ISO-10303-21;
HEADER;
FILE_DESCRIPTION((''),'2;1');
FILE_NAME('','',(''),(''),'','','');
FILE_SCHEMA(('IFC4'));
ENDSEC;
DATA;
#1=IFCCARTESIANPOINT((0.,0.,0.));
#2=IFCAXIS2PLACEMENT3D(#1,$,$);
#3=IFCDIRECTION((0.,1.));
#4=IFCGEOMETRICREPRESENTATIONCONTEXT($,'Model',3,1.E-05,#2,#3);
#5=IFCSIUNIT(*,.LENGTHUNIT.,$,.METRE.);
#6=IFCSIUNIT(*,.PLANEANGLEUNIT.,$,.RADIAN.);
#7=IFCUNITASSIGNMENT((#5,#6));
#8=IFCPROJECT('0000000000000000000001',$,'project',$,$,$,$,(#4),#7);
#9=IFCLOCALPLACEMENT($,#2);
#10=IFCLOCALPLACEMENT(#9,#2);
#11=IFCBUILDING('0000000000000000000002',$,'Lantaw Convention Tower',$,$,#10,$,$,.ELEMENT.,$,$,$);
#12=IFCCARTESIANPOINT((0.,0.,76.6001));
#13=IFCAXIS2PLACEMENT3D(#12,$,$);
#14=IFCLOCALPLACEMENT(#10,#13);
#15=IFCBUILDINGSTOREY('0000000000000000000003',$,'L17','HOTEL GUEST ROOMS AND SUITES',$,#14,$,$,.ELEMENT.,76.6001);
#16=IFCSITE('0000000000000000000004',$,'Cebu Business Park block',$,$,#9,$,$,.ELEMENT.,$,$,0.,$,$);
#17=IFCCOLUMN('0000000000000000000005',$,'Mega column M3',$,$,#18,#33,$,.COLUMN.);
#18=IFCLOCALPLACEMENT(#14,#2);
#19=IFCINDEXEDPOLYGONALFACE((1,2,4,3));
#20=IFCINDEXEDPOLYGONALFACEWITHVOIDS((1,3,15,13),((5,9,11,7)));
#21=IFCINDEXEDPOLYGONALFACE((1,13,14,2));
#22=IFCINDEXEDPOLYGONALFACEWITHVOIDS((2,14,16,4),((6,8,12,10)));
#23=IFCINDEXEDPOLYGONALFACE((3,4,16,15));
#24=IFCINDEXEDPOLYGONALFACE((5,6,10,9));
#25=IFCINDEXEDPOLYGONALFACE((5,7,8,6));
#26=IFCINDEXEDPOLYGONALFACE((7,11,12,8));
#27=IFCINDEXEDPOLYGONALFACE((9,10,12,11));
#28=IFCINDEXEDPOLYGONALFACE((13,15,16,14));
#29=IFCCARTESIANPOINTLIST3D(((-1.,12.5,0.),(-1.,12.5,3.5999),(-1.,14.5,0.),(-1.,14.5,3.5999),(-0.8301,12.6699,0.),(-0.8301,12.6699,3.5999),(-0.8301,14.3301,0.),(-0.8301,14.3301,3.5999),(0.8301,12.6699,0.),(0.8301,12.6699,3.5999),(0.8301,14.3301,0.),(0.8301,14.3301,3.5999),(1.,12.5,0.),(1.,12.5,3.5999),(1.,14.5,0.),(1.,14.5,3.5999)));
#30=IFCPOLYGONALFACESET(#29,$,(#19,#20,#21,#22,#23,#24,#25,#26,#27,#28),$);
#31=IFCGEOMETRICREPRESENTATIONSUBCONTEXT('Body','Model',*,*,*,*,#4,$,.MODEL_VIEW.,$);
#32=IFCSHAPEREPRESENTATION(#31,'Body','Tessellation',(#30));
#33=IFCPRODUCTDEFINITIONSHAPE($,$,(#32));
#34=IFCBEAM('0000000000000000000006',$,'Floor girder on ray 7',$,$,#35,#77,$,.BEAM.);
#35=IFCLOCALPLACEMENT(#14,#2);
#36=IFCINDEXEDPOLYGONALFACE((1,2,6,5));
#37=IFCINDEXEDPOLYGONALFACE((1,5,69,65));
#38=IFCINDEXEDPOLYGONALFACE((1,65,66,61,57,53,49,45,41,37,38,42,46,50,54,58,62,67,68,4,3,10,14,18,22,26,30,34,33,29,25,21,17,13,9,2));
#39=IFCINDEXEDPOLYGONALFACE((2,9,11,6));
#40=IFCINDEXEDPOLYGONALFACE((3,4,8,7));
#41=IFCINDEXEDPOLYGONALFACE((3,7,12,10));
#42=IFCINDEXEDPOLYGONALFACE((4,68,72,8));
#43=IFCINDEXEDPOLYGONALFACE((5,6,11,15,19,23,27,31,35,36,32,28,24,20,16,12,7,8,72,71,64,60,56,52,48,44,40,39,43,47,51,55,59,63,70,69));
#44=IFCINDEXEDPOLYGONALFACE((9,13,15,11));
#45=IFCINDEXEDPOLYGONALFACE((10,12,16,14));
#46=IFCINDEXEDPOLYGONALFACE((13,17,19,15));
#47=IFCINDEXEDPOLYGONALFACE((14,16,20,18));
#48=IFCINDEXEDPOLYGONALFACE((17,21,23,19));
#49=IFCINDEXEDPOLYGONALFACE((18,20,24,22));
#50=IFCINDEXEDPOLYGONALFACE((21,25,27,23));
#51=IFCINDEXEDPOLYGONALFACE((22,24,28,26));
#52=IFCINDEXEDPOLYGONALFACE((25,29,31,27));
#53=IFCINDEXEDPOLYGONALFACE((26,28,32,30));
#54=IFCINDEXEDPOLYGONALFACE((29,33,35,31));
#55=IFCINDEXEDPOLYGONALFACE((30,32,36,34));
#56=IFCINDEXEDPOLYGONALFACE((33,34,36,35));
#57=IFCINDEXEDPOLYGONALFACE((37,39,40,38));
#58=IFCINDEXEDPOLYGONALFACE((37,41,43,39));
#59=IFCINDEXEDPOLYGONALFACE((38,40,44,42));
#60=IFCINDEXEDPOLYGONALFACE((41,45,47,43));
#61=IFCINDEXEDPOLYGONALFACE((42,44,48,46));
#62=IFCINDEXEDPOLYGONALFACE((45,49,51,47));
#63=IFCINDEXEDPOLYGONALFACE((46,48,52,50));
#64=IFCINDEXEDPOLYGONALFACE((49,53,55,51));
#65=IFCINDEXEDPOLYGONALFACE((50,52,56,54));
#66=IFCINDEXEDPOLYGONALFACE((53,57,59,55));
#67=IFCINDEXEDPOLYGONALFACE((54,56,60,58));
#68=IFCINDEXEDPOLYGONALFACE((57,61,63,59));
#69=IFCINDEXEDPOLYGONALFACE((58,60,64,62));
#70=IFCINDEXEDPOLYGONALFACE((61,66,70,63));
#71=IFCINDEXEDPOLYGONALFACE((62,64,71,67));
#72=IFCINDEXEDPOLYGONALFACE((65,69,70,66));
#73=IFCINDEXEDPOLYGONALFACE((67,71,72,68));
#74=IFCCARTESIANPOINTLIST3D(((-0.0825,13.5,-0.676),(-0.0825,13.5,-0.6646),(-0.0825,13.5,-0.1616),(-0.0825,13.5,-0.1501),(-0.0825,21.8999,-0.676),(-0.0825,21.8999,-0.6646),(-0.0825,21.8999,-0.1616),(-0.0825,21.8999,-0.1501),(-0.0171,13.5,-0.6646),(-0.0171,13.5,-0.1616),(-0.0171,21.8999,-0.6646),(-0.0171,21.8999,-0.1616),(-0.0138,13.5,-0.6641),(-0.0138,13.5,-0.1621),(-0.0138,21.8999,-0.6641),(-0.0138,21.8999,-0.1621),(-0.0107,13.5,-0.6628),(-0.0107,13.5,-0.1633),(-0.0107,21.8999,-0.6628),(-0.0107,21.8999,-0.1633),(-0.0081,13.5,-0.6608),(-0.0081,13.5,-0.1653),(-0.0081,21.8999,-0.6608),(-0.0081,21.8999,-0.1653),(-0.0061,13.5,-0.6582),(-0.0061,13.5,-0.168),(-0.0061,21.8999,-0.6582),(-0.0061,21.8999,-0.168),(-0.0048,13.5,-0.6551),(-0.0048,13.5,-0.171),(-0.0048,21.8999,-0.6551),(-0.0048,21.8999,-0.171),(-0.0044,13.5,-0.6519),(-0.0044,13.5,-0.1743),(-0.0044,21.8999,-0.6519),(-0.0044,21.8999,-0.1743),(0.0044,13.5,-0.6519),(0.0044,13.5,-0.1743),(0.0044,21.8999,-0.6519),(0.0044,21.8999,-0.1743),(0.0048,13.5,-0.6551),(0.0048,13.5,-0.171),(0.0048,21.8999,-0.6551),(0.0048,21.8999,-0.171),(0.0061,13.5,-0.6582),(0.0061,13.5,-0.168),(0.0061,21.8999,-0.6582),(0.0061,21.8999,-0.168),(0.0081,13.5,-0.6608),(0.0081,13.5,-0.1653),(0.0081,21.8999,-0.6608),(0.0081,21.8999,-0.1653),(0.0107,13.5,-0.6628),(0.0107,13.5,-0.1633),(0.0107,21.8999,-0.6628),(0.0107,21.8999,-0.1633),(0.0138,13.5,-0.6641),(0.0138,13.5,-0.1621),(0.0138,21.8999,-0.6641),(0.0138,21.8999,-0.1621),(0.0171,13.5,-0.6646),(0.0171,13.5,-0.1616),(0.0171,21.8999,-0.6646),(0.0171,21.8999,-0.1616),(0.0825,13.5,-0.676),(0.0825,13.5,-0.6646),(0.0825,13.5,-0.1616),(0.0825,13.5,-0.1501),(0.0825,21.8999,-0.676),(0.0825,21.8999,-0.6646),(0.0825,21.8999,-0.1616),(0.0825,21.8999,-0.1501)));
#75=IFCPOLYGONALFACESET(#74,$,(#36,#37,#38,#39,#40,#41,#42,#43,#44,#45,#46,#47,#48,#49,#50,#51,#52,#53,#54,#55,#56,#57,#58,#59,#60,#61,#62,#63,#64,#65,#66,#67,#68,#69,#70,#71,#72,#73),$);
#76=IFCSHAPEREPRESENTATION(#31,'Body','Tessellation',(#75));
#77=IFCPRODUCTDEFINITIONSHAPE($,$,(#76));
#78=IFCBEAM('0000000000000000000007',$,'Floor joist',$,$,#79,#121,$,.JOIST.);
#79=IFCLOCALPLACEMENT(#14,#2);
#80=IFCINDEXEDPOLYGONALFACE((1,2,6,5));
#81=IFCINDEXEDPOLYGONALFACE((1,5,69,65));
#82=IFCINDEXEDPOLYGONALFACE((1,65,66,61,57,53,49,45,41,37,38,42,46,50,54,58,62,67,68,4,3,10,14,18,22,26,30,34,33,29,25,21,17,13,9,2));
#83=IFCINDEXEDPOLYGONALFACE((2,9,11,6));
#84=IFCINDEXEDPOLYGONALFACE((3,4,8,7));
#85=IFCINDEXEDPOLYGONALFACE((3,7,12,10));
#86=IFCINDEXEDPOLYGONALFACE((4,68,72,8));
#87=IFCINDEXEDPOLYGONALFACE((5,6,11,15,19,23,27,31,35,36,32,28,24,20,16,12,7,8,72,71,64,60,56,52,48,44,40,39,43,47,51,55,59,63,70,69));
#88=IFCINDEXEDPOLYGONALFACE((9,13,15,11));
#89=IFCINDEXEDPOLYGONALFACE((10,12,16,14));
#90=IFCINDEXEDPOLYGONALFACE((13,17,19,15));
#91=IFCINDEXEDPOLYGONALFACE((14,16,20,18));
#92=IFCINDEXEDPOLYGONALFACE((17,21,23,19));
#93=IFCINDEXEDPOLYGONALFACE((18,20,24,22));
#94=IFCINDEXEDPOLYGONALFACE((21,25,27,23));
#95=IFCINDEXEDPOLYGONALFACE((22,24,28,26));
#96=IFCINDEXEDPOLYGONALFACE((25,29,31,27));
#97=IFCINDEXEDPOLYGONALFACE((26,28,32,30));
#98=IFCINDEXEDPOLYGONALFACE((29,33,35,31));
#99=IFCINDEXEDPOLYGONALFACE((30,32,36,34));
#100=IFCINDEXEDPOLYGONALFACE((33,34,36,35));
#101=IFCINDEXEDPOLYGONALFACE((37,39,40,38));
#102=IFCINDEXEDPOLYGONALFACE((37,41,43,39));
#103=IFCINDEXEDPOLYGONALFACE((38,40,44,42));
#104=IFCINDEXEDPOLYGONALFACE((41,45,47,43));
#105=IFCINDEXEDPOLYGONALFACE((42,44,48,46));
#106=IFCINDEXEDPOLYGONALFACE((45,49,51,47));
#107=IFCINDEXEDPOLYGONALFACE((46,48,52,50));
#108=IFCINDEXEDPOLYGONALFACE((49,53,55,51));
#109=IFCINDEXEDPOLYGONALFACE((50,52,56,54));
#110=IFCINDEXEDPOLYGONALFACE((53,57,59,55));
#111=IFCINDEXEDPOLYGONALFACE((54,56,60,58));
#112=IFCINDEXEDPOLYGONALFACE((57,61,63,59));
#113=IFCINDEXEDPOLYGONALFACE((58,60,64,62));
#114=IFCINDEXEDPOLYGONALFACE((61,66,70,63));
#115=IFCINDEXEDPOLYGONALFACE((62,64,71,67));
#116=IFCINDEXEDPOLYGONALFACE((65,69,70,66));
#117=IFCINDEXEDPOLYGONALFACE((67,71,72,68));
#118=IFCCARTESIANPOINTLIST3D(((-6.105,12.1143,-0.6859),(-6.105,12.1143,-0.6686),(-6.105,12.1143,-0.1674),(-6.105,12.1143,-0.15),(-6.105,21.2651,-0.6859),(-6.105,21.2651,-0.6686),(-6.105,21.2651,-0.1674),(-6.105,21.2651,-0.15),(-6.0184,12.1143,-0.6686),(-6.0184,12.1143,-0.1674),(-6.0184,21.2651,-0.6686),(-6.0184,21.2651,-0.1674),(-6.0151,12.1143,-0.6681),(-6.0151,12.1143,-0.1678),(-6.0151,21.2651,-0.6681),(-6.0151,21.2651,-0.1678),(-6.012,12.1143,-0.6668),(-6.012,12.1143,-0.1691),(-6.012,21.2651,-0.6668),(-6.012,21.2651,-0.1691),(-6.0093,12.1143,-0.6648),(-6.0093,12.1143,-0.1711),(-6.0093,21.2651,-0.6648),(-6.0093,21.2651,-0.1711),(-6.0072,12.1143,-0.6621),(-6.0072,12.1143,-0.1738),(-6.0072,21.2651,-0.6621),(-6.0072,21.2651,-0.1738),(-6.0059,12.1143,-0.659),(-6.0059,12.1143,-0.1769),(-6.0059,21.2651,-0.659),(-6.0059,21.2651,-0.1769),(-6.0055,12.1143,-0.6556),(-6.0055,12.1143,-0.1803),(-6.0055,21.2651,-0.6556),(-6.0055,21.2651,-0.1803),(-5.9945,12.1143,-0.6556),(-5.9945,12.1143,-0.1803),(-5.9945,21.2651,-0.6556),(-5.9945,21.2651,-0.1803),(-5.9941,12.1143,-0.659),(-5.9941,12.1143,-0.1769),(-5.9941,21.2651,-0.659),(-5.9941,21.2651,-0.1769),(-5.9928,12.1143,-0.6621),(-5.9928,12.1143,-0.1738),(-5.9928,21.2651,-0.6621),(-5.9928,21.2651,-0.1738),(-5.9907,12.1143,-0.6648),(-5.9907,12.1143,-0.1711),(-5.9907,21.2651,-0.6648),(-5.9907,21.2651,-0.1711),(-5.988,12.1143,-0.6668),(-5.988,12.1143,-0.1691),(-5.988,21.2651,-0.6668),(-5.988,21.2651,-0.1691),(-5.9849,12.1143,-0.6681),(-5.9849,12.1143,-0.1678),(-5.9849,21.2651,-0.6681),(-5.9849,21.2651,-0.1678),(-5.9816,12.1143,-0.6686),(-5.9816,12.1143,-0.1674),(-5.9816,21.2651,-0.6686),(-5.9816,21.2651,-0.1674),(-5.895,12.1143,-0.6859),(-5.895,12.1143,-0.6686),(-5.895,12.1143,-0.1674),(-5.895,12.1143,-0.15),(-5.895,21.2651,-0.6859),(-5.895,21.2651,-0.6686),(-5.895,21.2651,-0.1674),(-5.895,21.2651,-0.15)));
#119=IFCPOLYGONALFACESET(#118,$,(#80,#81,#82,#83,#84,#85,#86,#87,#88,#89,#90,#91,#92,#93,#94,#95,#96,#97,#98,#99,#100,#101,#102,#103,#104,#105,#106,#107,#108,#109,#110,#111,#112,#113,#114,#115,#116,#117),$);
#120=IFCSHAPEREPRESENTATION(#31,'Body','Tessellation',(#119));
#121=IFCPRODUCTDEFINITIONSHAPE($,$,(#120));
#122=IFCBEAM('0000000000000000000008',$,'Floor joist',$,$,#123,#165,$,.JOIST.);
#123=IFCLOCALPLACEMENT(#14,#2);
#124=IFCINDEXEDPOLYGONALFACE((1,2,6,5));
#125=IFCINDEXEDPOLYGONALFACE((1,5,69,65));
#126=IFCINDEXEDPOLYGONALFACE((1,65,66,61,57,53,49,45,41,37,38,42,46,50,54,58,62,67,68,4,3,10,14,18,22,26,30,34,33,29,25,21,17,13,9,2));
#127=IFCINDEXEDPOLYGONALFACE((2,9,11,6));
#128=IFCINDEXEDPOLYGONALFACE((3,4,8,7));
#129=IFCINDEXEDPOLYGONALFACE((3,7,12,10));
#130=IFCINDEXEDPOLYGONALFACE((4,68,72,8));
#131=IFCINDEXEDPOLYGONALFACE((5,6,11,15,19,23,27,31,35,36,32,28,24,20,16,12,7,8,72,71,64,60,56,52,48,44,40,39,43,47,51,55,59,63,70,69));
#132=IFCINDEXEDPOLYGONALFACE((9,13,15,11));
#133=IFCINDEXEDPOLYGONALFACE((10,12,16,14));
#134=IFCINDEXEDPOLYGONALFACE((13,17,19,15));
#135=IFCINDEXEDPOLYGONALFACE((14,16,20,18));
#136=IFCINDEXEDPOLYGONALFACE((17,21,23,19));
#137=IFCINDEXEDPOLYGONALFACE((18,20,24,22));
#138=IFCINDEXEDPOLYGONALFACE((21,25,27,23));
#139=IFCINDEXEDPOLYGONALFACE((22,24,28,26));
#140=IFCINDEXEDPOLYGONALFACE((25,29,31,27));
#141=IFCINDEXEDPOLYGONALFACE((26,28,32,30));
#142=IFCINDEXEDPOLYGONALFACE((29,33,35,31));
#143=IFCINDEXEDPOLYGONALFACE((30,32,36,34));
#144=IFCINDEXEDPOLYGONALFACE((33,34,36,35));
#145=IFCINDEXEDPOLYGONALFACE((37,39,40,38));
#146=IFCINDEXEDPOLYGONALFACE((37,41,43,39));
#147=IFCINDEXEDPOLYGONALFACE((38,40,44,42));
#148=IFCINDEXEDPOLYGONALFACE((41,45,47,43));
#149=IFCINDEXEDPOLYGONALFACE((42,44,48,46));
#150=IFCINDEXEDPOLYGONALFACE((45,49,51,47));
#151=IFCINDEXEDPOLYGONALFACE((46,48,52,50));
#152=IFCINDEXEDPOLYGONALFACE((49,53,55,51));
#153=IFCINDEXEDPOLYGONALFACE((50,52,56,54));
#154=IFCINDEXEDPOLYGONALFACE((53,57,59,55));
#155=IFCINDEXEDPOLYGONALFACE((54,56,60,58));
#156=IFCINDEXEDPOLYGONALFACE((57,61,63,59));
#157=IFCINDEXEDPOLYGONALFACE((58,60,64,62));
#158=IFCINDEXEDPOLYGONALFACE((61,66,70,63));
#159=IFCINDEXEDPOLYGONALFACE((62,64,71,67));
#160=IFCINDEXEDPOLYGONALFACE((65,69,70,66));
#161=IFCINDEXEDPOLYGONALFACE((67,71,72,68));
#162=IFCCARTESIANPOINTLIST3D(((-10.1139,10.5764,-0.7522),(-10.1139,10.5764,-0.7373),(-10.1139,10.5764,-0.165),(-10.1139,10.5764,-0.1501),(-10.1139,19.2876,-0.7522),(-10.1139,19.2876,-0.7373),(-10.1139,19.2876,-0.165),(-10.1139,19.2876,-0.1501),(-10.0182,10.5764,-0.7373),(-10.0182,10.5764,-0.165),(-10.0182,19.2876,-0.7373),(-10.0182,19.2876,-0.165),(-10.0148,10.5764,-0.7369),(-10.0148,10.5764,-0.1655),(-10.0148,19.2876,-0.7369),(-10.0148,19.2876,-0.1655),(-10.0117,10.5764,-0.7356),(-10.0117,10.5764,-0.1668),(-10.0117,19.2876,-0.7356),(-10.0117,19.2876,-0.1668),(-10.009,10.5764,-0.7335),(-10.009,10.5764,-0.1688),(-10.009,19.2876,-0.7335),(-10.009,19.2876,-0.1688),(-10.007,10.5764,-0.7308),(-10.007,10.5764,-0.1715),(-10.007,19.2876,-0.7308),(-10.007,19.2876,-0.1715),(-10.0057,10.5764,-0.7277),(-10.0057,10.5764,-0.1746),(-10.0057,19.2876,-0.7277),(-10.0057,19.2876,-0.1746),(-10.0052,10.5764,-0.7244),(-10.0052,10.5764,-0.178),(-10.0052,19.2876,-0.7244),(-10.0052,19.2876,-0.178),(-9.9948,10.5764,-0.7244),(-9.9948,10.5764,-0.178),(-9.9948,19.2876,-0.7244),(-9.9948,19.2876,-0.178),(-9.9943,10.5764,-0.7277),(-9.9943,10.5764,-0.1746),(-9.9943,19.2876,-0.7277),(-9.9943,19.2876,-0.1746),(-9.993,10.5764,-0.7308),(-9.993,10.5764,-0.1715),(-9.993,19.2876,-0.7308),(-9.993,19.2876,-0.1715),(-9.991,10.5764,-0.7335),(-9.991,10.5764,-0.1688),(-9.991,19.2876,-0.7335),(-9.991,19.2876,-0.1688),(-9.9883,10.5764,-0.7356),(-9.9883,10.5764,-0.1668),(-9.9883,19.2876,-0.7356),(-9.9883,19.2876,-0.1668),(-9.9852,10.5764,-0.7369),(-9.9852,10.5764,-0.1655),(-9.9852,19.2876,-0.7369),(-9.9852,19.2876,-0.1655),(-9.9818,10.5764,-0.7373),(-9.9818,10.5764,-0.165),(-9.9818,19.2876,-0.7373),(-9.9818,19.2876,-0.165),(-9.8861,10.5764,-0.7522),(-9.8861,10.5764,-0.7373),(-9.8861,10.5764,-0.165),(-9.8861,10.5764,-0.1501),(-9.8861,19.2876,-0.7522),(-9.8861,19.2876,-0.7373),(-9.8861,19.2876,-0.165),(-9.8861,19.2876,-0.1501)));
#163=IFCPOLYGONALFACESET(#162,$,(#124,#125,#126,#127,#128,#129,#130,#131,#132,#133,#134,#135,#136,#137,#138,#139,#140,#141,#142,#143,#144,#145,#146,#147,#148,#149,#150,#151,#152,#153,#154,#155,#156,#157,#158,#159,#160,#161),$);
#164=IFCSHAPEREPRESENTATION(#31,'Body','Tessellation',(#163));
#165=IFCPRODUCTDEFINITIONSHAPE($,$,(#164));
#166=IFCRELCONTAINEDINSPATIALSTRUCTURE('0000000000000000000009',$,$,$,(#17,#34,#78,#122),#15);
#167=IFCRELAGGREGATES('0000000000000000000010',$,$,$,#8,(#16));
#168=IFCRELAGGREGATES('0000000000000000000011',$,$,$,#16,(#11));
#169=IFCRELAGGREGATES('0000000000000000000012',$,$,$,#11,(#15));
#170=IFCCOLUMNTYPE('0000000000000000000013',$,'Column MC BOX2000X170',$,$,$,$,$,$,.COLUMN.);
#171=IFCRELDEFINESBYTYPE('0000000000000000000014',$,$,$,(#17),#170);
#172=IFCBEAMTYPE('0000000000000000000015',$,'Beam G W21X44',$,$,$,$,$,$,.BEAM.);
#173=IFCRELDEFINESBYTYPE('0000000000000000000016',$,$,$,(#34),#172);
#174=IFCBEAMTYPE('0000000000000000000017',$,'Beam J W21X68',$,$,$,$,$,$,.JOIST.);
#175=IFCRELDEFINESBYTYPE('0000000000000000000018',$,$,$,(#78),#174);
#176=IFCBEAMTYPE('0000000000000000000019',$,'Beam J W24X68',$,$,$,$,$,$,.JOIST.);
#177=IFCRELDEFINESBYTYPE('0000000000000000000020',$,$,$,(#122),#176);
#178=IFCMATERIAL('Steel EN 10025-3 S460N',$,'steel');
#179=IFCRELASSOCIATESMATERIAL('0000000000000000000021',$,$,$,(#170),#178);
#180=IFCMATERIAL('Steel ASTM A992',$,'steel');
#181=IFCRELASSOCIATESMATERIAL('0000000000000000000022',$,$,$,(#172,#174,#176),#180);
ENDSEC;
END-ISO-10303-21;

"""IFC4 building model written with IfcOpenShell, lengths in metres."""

from ifc_helpers import new_model, si_unit, direction, frame, origin, origin_2d, place, context, subcontext, project, spatial, rectangle, hollow_rectangle, i_section, extrude, material, material_profile, profile_set, type_object, element, save


model = new_model("IFC4")

# Units and contexts
model_context = context("Model", 3, precision=1e-05, world=origin(), true_north=direction((0.0, 1.0)))
body_context = subcontext(model_context, "Body", "Model", "MODEL_VIEW")
ifc_project = project(units=[si_unit("LENGTHUNIT", "METRE"), si_unit("PLANEANGLEUNIT", "RADIAN")], contexts=[model_context])

# Site, building, storey
site_placement = place(None, origin())
site = spatial("IfcSite", under=ifc_project, at=site_placement, Name="Cebu Business Park block", CompositionType="ELEMENT", RefElevation=0.0)
building_placement = place(site_placement, origin())
building = spatial("IfcBuilding", under=site, at=building_placement, Name="Lantaw Convention Tower", CompositionType="ELEMENT")
storey_placement = place(building_placement, frame((0.0, 0.0, 76.6001)))
storey = spatial("IfcBuildingStorey", under=building, at=storey_placement, Name="L17", Description="HOTEL GUEST ROOMS AND SUITES", CompositionType="ELEMENT", Elevation=76.6001)

# Column
ifc_material_1 = material(Name="Steel EN 10025-3 S460N", Category="steel")
ifc_material_profile_1 = material_profile(ifc_material_1, hollow_rectangle(XDim=2.0, YDim=2.0, WallThickness=0.1699, at=origin_2d()), Name="BOX2000X170")
ifc_material_2 = material(Name="Concrete C60/75", Category="concrete")
ifc_material_profile_2 = material_profile(ifc_material_2, rectangle(XDim=1.6599, YDim=1.6599, at=origin_2d()), Name="Concrete fill of BOX2000X170")
ifc_profile_set_1 = profile_set([ifc_material_profile_1, ifc_material_profile_2], Name="Steel EN 10025-3 S460N")
column_type = type_object("IfcColumnType", Name="Column MC BOX2000X170", PredefinedType="COLUMN", material=ifc_profile_set_1)
column_placement = place(storey_placement, frame((0.0, 13.5, 0.0), z_axis=(0.0, 0.0, 1.0), x_axis=(1.0, 0.0, 0.0)))
element("IfcColumn", 1, at=column_placement, inside=storey, type_object=column_type, Name="Mega column M3", PredefinedType="COLUMN", context=body_context, shape_type="SweptSolid", body=[
    extrude(hollow_rectangle(XDim=2.0, YDim=2.0, WallThickness=0.1699, at=origin_2d()), origin(), (0.0, 0.0, 1.0), 3.5999),
])

# Beams
ifc_material_3 = material(Name="Steel ASTM A992", Category="steel")
ifc_material_profile_3 = material_profile(ifc_material_3, i_section(OverallWidth=0.165, OverallDepth=0.5259, WebThickness=0.0088, FlangeThickness=0.0115, FilletRadius=0.0127, at=origin_2d()), Name="W21X44")
ifc_profile_set_2 = profile_set([ifc_material_profile_3], Name="Steel ASTM A992")
beam_type_1 = type_object("IfcBeamType", Name="Beam G W21X44", PredefinedType="BEAM", material=ifc_profile_set_2)
beam_1_placement = place(storey_placement, frame((0.0, 13.5, -0.4131), z_axis=(0.0, 1.0, 0.0), x_axis=(-1.0, 0.0, 0.0)))
element("IfcBeam", 2, at=beam_1_placement, inside=storey, type_object=beam_type_1, Name="Floor girder on ray 7", PredefinedType="BEAM", context=body_context, shape_type="SweptSolid", body=[
    extrude(i_section(OverallWidth=0.165, OverallDepth=0.5259, WebThickness=0.0088, FlangeThickness=0.0115, FilletRadius=0.0127, at=origin_2d()), origin(), (0.0, 0.0, 1.0), 8.3999),
])
ifc_material_profile_4 = material_profile(ifc_material_3, i_section(OverallWidth=0.21, OverallDepth=0.5359, WebThickness=0.011, FlangeThickness=0.0173, FilletRadius=0.0129, at=origin_2d()), Name="W21X68")
ifc_profile_set_3 = profile_set([ifc_material_profile_4], Name="Steel ASTM A992")
beam_type_2 = type_object("IfcBeamType", Name="Beam J W21X68", PredefinedType="JOIST", material=ifc_profile_set_3)
beam_2_placement = place(storey_placement, frame((-6.0, 12.1143, -0.418), z_axis=(0.0, 1.0, 0.0), x_axis=(-1.0, 0.0, 0.0)))
element("IfcBeam", 3, at=beam_2_placement, inside=storey, type_object=beam_type_2, Name="Floor joist", PredefinedType="JOIST", context=body_context, shape_type="SweptSolid", body=[
    extrude(i_section(OverallWidth=0.21, OverallDepth=0.5359, WebThickness=0.011, FlangeThickness=0.0173, FilletRadius=0.0129, at=origin_2d()), origin(), (0.0, 0.0, 1.0), 9.1509),
])
ifc_material_profile_5 = material_profile(ifc_material_3, i_section(OverallWidth=0.2278, OverallDepth=0.6021, WebThickness=0.0105, FlangeThickness=0.0149, FilletRadius=0.0129, at=origin_2d()), Name="W24X68")
ifc_profile_set_4 = profile_set([ifc_material_profile_5], Name="Steel ASTM A992")
beam_type_3 = type_object("IfcBeamType", Name="Beam J W24X68", PredefinedType="JOIST", material=ifc_profile_set_4)
beam_3_placement = place(storey_placement, frame((-10.0, 10.5764, -0.4512), z_axis=(0.0, 1.0, 0.0), x_axis=(-1.0, 0.0, 0.0)))
element("IfcBeam", 4, at=beam_3_placement, inside=storey, type_object=beam_type_3, Name="Floor joist", PredefinedType="JOIST", context=body_context, shape_type="SweptSolid", body=[
    extrude(i_section(OverallWidth=0.2278, OverallDepth=0.6021, WebThickness=0.0105, FlangeThickness=0.0149, FilletRadius=0.0129, at=origin_2d()), origin(), (0.0, 0.0, 1.0), 8.7112),
])

save(model, "model.ifc")
